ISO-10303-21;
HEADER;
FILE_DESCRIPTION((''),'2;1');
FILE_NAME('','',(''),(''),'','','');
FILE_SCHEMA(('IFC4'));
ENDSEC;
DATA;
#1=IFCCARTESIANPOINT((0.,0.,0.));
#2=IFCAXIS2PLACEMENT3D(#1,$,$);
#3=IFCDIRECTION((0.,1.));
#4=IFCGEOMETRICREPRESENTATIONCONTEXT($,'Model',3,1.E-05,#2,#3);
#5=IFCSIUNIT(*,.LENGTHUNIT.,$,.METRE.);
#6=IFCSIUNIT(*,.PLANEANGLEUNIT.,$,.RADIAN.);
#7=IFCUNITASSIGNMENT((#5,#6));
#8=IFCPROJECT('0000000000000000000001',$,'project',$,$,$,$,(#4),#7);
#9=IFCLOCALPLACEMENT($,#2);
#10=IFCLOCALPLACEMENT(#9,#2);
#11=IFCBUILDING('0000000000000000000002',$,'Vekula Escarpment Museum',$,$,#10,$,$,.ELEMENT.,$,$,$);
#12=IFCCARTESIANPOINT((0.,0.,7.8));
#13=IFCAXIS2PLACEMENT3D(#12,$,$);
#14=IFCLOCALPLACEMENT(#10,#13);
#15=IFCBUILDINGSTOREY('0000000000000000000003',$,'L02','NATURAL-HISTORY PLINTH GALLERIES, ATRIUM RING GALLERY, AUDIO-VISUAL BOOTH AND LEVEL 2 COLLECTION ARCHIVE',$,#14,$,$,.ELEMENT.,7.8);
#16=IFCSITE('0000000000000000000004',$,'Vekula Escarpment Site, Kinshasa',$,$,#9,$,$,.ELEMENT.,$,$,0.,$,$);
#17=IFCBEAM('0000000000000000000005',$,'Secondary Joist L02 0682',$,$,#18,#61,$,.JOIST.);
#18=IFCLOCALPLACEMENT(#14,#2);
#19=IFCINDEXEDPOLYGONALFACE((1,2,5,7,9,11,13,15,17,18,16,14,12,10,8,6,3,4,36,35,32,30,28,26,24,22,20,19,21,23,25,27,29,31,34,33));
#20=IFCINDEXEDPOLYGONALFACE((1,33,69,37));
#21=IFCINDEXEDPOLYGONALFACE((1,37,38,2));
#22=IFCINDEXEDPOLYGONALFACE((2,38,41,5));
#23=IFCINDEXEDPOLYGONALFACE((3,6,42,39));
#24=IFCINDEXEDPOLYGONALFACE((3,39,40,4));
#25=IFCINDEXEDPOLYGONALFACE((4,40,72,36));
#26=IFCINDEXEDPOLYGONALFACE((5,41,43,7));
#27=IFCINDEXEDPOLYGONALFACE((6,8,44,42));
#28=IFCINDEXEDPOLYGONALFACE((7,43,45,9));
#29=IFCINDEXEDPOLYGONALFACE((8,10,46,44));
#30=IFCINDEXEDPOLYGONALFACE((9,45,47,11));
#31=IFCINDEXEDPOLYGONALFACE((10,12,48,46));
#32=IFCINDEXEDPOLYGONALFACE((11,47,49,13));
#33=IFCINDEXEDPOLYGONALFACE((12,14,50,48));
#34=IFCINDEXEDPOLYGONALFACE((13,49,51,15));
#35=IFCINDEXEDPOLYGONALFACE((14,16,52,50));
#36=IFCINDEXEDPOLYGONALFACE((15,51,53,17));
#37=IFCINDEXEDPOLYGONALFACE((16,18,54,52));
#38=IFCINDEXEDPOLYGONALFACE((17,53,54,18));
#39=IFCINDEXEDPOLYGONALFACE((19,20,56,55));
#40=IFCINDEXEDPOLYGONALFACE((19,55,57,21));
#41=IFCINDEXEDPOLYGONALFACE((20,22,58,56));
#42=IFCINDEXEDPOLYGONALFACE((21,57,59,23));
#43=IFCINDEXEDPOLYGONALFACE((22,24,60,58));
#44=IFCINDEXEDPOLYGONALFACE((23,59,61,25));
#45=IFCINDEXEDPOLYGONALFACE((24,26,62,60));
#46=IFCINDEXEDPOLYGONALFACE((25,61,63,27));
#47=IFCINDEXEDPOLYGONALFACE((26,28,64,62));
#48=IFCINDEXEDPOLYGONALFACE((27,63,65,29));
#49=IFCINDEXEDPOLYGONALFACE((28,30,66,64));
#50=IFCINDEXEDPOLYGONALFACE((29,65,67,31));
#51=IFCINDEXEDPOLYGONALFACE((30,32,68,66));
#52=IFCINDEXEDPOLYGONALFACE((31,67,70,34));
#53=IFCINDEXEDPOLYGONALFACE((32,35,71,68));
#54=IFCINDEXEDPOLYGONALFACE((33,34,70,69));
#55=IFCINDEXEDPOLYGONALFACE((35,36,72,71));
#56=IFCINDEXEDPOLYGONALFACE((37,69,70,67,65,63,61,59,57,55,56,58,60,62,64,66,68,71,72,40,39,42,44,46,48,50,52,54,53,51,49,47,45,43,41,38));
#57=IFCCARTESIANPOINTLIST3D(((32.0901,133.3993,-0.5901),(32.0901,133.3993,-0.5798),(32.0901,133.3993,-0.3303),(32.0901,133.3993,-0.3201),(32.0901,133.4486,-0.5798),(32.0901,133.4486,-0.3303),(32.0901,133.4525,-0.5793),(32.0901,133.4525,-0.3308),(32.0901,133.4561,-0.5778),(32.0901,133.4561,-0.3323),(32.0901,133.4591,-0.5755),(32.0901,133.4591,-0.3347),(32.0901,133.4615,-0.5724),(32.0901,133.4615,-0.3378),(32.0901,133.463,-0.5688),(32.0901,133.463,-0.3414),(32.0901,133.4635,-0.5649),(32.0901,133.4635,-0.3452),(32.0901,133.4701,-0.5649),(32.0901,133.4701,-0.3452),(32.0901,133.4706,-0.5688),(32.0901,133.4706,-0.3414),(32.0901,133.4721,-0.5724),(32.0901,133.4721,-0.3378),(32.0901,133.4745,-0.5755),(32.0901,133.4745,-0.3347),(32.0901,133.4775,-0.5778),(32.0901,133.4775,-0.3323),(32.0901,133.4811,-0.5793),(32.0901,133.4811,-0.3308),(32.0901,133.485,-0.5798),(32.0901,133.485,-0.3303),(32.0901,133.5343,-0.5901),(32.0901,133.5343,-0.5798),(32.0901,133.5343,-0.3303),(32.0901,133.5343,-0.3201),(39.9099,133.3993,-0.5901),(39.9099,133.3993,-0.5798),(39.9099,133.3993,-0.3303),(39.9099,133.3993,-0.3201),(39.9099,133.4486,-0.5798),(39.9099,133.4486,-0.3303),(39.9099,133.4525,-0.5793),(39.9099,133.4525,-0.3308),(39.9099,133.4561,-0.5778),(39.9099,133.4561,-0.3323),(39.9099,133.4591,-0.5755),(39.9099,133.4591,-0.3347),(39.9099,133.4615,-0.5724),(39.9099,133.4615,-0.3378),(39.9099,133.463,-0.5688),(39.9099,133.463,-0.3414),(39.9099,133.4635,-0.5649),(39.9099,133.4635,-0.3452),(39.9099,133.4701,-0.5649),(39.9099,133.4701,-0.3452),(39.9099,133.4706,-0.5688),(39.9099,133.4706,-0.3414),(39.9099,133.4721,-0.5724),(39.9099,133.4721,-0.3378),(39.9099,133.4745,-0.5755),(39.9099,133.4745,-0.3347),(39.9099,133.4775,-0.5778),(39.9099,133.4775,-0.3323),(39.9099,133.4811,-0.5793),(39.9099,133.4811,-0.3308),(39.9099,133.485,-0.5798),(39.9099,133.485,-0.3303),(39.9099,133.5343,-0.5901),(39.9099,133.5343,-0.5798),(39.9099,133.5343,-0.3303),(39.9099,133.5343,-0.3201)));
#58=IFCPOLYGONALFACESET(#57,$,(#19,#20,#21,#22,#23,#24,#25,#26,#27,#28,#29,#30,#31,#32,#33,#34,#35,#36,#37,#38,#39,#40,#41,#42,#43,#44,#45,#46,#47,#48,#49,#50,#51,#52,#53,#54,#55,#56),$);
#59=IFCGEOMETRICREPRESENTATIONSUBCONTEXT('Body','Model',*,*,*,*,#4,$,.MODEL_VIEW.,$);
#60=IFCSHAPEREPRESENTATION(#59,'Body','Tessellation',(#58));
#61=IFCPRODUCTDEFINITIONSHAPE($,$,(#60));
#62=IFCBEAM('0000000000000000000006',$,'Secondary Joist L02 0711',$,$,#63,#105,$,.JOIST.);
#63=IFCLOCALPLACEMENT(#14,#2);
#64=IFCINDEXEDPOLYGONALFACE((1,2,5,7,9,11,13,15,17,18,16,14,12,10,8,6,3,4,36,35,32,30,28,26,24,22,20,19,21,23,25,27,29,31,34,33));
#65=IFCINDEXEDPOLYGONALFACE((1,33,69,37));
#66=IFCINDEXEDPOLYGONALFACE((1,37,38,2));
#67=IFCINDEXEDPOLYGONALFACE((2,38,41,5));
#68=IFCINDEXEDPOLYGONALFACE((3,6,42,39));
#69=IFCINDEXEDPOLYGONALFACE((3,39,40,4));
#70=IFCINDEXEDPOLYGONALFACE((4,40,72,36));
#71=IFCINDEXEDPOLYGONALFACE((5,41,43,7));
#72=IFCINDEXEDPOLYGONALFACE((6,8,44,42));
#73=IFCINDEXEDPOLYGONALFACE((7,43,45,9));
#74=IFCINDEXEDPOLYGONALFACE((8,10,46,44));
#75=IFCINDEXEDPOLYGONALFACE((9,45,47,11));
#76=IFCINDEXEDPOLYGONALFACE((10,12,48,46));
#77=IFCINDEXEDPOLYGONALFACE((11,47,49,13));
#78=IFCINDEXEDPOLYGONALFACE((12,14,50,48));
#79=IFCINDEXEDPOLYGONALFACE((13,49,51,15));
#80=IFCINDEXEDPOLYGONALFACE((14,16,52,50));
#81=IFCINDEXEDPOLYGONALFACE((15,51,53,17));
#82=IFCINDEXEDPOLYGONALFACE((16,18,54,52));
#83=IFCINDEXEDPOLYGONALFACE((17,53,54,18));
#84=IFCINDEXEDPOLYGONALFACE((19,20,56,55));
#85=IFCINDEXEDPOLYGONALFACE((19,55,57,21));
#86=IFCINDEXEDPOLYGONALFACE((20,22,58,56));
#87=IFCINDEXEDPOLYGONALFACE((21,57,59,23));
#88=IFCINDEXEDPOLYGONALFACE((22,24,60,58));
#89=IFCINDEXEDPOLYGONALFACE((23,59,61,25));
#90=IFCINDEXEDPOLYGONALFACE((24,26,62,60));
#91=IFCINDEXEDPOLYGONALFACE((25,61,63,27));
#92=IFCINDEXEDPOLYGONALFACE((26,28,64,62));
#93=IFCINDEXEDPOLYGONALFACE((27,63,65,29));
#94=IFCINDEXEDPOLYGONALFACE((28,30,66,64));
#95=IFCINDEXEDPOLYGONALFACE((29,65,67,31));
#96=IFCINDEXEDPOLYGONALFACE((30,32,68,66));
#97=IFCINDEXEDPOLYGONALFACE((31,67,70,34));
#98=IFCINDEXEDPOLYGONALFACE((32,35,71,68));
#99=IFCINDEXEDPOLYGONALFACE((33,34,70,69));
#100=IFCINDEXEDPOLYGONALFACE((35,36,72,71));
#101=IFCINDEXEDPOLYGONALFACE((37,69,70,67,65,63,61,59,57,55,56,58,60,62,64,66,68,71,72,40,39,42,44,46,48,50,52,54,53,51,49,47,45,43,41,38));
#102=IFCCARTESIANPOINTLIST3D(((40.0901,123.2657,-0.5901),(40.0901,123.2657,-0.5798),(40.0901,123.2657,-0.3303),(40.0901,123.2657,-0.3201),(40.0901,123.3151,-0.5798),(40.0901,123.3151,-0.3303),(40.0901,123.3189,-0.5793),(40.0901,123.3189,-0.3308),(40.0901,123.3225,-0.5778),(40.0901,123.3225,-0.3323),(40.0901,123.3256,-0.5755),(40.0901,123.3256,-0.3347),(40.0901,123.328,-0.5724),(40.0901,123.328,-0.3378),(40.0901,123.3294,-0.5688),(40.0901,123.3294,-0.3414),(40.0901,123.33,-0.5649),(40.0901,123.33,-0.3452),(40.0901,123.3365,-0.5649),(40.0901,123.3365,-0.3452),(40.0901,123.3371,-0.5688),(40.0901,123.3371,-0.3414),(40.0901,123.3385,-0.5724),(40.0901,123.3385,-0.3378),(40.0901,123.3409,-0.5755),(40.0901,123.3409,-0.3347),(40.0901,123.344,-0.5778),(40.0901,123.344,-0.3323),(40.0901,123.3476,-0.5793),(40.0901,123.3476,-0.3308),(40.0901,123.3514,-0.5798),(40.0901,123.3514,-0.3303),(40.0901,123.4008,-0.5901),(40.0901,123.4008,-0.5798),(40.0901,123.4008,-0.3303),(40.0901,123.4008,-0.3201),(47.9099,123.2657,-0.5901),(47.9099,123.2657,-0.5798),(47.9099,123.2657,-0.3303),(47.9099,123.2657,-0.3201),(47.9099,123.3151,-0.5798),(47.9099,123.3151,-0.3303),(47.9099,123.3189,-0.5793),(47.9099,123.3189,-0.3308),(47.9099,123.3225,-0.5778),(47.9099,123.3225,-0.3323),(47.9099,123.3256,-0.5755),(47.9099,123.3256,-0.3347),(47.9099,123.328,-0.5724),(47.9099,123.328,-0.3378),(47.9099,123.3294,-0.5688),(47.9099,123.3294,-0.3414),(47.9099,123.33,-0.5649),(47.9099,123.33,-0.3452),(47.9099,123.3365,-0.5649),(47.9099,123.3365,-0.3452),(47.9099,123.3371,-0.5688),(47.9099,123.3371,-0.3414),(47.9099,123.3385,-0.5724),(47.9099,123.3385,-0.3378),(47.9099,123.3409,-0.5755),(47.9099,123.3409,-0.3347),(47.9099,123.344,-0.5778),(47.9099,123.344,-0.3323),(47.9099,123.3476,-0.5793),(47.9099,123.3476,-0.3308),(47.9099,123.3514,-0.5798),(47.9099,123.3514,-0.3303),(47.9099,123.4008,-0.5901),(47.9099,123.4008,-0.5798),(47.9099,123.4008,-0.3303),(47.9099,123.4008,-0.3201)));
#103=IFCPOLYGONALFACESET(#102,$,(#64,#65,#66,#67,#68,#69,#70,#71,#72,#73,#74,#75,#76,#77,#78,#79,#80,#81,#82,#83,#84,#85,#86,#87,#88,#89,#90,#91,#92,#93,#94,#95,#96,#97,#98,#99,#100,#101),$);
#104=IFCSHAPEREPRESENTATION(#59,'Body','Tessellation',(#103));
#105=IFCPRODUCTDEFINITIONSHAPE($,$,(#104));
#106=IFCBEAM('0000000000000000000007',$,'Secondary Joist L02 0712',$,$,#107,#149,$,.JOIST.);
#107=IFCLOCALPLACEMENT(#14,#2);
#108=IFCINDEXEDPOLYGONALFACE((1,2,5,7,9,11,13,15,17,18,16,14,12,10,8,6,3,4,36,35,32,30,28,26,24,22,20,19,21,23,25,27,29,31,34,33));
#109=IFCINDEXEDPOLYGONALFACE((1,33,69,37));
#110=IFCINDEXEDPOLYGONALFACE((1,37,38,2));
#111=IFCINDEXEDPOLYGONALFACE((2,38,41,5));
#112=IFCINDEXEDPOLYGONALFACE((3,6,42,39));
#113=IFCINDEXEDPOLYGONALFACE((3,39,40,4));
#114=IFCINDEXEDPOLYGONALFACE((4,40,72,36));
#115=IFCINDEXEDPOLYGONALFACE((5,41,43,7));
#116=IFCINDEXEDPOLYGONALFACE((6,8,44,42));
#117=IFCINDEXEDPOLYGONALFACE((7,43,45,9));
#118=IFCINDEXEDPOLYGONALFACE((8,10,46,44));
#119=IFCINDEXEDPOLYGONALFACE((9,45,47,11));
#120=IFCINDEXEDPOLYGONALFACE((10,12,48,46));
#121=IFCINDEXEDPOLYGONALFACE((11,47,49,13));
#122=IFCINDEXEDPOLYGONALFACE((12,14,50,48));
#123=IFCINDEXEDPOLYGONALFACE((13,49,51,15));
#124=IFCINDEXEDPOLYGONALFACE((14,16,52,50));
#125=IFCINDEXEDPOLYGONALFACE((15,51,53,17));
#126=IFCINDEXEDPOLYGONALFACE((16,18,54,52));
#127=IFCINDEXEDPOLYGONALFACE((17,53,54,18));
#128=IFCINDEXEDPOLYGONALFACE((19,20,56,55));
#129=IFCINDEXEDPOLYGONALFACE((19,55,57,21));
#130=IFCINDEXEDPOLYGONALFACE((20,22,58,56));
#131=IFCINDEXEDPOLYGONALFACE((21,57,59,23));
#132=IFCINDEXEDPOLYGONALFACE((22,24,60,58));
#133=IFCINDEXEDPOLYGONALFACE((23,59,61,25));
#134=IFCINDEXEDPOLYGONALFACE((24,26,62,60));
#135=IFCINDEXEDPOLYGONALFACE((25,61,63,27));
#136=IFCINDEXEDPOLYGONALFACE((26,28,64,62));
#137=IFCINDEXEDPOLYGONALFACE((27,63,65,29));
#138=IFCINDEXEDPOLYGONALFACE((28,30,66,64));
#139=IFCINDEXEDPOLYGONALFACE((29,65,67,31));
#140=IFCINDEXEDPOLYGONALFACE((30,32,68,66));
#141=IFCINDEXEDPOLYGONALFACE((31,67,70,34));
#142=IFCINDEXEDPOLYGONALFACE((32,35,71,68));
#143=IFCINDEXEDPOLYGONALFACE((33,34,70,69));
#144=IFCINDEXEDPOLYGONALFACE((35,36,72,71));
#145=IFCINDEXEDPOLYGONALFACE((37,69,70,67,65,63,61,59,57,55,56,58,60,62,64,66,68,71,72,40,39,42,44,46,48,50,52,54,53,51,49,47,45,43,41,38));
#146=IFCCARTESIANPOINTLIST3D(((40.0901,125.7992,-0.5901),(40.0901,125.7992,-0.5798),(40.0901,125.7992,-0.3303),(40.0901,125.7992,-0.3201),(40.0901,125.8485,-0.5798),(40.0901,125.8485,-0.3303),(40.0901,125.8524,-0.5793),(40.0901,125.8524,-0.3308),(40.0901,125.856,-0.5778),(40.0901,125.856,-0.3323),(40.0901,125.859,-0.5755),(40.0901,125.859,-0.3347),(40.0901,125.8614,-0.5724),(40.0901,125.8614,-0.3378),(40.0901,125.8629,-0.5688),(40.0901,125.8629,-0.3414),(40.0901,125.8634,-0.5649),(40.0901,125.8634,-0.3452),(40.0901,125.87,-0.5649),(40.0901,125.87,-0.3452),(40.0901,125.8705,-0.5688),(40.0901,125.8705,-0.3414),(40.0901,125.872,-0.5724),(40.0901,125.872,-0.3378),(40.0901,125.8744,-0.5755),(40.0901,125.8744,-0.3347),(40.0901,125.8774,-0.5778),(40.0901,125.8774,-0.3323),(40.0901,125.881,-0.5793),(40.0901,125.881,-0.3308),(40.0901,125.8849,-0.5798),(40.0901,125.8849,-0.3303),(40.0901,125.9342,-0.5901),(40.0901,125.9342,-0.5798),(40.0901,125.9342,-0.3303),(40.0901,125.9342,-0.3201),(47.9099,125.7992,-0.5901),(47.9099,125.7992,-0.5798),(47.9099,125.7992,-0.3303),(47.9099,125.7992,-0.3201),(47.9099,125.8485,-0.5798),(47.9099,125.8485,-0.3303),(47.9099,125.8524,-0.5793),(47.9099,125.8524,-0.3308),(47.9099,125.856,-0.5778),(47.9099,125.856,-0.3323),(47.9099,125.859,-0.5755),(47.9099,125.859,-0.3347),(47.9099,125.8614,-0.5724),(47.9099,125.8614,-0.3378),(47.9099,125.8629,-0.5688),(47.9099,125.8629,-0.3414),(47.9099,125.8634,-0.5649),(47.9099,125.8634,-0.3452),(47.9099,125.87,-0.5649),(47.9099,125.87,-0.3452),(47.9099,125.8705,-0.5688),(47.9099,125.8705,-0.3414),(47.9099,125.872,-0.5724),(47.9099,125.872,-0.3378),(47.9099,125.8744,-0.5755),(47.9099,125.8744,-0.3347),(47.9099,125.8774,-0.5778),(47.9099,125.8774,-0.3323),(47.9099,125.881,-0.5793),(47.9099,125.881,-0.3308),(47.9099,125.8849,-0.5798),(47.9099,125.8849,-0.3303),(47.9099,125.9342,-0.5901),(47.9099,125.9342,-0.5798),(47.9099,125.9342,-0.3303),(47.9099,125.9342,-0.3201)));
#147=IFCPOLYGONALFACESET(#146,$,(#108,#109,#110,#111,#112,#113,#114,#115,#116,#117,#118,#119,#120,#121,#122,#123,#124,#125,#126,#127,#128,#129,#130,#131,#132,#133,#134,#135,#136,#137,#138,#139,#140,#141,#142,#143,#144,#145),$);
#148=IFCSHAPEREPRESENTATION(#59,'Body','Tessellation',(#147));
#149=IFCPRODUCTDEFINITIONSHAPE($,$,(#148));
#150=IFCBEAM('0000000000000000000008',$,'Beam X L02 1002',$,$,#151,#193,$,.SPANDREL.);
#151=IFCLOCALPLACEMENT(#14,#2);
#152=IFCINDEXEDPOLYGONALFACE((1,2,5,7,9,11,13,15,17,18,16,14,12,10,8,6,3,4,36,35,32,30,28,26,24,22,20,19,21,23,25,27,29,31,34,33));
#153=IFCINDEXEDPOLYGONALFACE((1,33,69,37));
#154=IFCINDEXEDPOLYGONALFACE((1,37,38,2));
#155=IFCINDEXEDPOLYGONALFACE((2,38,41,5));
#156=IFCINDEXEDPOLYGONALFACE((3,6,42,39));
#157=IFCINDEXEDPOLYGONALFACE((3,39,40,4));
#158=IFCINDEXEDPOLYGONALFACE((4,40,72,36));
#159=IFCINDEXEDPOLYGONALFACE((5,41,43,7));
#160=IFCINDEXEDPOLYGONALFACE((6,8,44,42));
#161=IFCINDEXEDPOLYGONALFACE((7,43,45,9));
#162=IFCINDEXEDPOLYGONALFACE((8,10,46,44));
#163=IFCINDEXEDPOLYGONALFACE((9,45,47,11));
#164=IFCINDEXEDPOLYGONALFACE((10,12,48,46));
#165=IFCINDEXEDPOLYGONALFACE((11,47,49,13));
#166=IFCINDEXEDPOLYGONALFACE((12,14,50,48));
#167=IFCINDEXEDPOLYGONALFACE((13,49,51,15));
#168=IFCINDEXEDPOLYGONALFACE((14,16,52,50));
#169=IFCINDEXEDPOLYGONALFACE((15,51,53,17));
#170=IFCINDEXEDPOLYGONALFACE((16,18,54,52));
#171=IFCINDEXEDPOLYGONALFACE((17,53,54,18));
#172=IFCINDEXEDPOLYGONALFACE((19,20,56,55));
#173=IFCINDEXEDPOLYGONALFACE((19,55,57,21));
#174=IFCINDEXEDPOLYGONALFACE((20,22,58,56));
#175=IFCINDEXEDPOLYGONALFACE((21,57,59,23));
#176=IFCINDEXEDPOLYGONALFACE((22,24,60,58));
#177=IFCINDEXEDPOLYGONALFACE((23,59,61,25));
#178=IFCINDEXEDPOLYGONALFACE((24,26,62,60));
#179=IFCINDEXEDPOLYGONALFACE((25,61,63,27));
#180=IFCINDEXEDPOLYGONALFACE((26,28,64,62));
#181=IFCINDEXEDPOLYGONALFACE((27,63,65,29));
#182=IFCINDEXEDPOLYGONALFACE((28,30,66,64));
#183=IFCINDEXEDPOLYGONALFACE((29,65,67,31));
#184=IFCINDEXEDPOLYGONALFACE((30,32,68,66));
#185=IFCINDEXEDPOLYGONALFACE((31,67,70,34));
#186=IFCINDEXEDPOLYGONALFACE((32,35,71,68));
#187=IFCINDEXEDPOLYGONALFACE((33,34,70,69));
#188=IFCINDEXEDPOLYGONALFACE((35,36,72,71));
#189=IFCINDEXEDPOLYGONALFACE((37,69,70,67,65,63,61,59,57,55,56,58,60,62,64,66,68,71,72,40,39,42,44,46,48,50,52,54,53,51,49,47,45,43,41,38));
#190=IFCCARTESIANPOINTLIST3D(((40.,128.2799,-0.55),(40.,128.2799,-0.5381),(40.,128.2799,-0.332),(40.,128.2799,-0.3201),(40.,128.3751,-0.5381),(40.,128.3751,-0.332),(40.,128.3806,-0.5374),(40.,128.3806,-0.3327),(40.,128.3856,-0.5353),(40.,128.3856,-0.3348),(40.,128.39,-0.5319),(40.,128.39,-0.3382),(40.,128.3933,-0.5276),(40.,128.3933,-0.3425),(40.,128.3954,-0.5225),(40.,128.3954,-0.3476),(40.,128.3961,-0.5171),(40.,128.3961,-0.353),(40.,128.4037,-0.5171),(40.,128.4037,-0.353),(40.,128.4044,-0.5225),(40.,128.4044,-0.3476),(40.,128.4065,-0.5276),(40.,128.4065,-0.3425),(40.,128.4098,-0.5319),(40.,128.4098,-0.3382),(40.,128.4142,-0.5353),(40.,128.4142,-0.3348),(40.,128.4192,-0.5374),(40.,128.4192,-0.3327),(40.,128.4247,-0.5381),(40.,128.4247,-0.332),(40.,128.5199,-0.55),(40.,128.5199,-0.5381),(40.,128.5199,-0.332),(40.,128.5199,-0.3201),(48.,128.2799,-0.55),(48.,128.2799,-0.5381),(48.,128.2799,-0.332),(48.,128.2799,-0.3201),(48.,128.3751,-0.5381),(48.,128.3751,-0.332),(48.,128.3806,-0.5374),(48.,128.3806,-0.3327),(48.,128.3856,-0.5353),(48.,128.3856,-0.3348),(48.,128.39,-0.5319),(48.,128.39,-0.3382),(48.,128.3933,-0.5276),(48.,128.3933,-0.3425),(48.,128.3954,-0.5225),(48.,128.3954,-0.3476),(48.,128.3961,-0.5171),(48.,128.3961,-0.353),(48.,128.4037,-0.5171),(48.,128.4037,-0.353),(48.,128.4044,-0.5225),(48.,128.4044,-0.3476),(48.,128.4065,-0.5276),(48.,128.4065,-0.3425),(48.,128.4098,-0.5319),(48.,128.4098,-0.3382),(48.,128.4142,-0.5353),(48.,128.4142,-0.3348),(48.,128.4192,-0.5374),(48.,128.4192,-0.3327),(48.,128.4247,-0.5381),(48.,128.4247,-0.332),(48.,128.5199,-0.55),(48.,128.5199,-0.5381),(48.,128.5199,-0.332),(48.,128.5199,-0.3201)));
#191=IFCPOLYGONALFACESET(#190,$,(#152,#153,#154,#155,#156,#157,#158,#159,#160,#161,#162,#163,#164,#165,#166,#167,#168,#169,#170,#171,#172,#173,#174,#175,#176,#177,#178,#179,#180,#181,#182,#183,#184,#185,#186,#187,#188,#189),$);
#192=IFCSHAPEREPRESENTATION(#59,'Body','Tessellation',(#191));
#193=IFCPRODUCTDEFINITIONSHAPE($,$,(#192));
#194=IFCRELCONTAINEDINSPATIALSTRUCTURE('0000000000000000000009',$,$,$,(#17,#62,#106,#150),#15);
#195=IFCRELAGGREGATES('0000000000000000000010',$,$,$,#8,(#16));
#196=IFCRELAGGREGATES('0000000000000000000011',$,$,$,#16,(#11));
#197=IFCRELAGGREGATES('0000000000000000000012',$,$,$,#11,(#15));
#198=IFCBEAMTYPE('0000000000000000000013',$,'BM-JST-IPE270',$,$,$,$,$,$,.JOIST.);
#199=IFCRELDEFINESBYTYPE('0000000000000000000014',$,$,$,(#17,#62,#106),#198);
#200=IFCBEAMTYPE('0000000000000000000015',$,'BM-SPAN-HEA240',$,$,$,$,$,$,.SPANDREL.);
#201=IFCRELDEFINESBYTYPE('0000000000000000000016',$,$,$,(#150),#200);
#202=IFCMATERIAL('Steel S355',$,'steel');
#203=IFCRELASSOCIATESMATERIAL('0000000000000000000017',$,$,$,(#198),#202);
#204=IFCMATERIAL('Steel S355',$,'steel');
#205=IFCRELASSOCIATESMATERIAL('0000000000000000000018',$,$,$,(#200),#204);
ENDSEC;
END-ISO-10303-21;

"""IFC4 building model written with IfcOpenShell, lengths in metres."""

from ifc_helpers import new_model, si_unit, direction, frame, origin, origin_2d, place, context, subcontext, project, spatial, i_section, extrude, material, material_profile, profile_set, type_object, element, save


model = new_model("IFC4")

# Units and contexts
model_context = context("Model", 3, precision=1e-05, world=origin(), true_north=direction((0.0, 1.0)))
body_context = subcontext(model_context, "Body", "Model", "MODEL_VIEW")
ifc_project = project(units=[si_unit("LENGTHUNIT", "METRE"), si_unit("PLANEANGLEUNIT", "RADIAN")], contexts=[model_context])

# Site, building, storey
site_placement = place(None, origin())
site = spatial("IfcSite", under=ifc_project, at=site_placement, Name="Vekula Escarpment Site, Kinshasa", CompositionType="ELEMENT", RefElevation=0.0)
building_placement = place(site_placement, origin())
building = spatial("IfcBuilding", under=site, at=building_placement, Name="Vekula Escarpment Museum", CompositionType="ELEMENT")
storey_placement = place(building_placement, frame((0.0, 0.0, 7.8)))
storey = spatial("IfcBuildingStorey", under=building, at=storey_placement, Name="L02", Description="NATURAL-HISTORY PLINTH GALLERIES, ATRIUM RING GALLERY, AUDIO-VISUAL BOOTH AND LEVEL 2 COLLECTION ARCHIVE", CompositionType="ELEMENT", Elevation=7.8)

# Beams
ifc_material_1 = material(Name="Steel S355", Category="steel")
ifc_material_profile_1 = material_profile(ifc_material_1, i_section(OverallWidth=0.135, OverallDepth=0.27, WebThickness=0.0066, FlangeThickness=0.0103, FilletRadius=0.0149, at=origin_2d()), Name="IPE 270")
ifc_profile_set_1 = profile_set([ifc_material_profile_1], Name="Steel S355")
beam_type_1 = type_object("IfcBeamType", Name="BM-JST-IPE270", PredefinedType="JOIST", material=ifc_profile_set_1)
for number, where, z_axis, x_axis, name in (
    (1, (32.0901, 133.4668, -0.4551), (1.0, 0.0, 0.0), (0.0, 1.0, 0.0), "Secondary Joist L02 0682"),
    (2, (40.0901, 123.3333, -0.4551), (1.0, 0.0, 0.0), (0.0, 1.0, 0.0), "Secondary Joist L02 0711"),
    (3, (40.0901, 125.8667, -0.4551), (1.0, 0.0, 0.0), (0.0, 1.0, 0.0), "Secondary Joist L02 0712"),
):
    element("IfcBeam", number, at=place(storey_placement, frame(where, z_axis=z_axis, x_axis=x_axis)), inside=storey, type_object=beam_type_1, Name=name, PredefinedType="JOIST", context=body_context, shape_type="SweptSolid", body=[
        extrude(i_section(OverallWidth=0.135, OverallDepth=0.27, WebThickness=0.0066, FlangeThickness=0.0103, FilletRadius=0.0149, at=origin_2d()), origin(), (0.0, 0.0, 1.0), 7.8198),
    ])
ifc_material_2 = material(Name="Steel S355", Category="steel")
ifc_material_profile_2 = material_profile(ifc_material_2, i_section(OverallWidth=0.24, OverallDepth=0.23, WebThickness=0.0076, FlangeThickness=0.012, FilletRadius=0.021, at=origin_2d()), Name="HEA 240")
ifc_profile_set_2 = profile_set([ifc_material_profile_2], Name="Steel S355")
beam_type_2 = type_object("IfcBeamType", Name="BM-SPAN-HEA240", PredefinedType="SPANDREL", material=ifc_profile_set_2)
beam_1_placement = place(storey_placement, frame((40.0, 128.3999, -0.4351), z_axis=(1.0, 0.0, 0.0), x_axis=(0.0, 1.0, 0.0)))
element("IfcBeam", 4, at=beam_1_placement, inside=storey, type_object=beam_type_2, Name="Beam X L02 1002", PredefinedType="SPANDREL", context=body_context, shape_type="SweptSolid", body=[
    extrude(i_section(OverallWidth=0.24, OverallDepth=0.23, WebThickness=0.0076, FlangeThickness=0.012, FilletRadius=0.021, at=origin_2d()), origin(), (0.0, 0.0, 1.0), 8.0),
])

save(model, "model.ifc")
